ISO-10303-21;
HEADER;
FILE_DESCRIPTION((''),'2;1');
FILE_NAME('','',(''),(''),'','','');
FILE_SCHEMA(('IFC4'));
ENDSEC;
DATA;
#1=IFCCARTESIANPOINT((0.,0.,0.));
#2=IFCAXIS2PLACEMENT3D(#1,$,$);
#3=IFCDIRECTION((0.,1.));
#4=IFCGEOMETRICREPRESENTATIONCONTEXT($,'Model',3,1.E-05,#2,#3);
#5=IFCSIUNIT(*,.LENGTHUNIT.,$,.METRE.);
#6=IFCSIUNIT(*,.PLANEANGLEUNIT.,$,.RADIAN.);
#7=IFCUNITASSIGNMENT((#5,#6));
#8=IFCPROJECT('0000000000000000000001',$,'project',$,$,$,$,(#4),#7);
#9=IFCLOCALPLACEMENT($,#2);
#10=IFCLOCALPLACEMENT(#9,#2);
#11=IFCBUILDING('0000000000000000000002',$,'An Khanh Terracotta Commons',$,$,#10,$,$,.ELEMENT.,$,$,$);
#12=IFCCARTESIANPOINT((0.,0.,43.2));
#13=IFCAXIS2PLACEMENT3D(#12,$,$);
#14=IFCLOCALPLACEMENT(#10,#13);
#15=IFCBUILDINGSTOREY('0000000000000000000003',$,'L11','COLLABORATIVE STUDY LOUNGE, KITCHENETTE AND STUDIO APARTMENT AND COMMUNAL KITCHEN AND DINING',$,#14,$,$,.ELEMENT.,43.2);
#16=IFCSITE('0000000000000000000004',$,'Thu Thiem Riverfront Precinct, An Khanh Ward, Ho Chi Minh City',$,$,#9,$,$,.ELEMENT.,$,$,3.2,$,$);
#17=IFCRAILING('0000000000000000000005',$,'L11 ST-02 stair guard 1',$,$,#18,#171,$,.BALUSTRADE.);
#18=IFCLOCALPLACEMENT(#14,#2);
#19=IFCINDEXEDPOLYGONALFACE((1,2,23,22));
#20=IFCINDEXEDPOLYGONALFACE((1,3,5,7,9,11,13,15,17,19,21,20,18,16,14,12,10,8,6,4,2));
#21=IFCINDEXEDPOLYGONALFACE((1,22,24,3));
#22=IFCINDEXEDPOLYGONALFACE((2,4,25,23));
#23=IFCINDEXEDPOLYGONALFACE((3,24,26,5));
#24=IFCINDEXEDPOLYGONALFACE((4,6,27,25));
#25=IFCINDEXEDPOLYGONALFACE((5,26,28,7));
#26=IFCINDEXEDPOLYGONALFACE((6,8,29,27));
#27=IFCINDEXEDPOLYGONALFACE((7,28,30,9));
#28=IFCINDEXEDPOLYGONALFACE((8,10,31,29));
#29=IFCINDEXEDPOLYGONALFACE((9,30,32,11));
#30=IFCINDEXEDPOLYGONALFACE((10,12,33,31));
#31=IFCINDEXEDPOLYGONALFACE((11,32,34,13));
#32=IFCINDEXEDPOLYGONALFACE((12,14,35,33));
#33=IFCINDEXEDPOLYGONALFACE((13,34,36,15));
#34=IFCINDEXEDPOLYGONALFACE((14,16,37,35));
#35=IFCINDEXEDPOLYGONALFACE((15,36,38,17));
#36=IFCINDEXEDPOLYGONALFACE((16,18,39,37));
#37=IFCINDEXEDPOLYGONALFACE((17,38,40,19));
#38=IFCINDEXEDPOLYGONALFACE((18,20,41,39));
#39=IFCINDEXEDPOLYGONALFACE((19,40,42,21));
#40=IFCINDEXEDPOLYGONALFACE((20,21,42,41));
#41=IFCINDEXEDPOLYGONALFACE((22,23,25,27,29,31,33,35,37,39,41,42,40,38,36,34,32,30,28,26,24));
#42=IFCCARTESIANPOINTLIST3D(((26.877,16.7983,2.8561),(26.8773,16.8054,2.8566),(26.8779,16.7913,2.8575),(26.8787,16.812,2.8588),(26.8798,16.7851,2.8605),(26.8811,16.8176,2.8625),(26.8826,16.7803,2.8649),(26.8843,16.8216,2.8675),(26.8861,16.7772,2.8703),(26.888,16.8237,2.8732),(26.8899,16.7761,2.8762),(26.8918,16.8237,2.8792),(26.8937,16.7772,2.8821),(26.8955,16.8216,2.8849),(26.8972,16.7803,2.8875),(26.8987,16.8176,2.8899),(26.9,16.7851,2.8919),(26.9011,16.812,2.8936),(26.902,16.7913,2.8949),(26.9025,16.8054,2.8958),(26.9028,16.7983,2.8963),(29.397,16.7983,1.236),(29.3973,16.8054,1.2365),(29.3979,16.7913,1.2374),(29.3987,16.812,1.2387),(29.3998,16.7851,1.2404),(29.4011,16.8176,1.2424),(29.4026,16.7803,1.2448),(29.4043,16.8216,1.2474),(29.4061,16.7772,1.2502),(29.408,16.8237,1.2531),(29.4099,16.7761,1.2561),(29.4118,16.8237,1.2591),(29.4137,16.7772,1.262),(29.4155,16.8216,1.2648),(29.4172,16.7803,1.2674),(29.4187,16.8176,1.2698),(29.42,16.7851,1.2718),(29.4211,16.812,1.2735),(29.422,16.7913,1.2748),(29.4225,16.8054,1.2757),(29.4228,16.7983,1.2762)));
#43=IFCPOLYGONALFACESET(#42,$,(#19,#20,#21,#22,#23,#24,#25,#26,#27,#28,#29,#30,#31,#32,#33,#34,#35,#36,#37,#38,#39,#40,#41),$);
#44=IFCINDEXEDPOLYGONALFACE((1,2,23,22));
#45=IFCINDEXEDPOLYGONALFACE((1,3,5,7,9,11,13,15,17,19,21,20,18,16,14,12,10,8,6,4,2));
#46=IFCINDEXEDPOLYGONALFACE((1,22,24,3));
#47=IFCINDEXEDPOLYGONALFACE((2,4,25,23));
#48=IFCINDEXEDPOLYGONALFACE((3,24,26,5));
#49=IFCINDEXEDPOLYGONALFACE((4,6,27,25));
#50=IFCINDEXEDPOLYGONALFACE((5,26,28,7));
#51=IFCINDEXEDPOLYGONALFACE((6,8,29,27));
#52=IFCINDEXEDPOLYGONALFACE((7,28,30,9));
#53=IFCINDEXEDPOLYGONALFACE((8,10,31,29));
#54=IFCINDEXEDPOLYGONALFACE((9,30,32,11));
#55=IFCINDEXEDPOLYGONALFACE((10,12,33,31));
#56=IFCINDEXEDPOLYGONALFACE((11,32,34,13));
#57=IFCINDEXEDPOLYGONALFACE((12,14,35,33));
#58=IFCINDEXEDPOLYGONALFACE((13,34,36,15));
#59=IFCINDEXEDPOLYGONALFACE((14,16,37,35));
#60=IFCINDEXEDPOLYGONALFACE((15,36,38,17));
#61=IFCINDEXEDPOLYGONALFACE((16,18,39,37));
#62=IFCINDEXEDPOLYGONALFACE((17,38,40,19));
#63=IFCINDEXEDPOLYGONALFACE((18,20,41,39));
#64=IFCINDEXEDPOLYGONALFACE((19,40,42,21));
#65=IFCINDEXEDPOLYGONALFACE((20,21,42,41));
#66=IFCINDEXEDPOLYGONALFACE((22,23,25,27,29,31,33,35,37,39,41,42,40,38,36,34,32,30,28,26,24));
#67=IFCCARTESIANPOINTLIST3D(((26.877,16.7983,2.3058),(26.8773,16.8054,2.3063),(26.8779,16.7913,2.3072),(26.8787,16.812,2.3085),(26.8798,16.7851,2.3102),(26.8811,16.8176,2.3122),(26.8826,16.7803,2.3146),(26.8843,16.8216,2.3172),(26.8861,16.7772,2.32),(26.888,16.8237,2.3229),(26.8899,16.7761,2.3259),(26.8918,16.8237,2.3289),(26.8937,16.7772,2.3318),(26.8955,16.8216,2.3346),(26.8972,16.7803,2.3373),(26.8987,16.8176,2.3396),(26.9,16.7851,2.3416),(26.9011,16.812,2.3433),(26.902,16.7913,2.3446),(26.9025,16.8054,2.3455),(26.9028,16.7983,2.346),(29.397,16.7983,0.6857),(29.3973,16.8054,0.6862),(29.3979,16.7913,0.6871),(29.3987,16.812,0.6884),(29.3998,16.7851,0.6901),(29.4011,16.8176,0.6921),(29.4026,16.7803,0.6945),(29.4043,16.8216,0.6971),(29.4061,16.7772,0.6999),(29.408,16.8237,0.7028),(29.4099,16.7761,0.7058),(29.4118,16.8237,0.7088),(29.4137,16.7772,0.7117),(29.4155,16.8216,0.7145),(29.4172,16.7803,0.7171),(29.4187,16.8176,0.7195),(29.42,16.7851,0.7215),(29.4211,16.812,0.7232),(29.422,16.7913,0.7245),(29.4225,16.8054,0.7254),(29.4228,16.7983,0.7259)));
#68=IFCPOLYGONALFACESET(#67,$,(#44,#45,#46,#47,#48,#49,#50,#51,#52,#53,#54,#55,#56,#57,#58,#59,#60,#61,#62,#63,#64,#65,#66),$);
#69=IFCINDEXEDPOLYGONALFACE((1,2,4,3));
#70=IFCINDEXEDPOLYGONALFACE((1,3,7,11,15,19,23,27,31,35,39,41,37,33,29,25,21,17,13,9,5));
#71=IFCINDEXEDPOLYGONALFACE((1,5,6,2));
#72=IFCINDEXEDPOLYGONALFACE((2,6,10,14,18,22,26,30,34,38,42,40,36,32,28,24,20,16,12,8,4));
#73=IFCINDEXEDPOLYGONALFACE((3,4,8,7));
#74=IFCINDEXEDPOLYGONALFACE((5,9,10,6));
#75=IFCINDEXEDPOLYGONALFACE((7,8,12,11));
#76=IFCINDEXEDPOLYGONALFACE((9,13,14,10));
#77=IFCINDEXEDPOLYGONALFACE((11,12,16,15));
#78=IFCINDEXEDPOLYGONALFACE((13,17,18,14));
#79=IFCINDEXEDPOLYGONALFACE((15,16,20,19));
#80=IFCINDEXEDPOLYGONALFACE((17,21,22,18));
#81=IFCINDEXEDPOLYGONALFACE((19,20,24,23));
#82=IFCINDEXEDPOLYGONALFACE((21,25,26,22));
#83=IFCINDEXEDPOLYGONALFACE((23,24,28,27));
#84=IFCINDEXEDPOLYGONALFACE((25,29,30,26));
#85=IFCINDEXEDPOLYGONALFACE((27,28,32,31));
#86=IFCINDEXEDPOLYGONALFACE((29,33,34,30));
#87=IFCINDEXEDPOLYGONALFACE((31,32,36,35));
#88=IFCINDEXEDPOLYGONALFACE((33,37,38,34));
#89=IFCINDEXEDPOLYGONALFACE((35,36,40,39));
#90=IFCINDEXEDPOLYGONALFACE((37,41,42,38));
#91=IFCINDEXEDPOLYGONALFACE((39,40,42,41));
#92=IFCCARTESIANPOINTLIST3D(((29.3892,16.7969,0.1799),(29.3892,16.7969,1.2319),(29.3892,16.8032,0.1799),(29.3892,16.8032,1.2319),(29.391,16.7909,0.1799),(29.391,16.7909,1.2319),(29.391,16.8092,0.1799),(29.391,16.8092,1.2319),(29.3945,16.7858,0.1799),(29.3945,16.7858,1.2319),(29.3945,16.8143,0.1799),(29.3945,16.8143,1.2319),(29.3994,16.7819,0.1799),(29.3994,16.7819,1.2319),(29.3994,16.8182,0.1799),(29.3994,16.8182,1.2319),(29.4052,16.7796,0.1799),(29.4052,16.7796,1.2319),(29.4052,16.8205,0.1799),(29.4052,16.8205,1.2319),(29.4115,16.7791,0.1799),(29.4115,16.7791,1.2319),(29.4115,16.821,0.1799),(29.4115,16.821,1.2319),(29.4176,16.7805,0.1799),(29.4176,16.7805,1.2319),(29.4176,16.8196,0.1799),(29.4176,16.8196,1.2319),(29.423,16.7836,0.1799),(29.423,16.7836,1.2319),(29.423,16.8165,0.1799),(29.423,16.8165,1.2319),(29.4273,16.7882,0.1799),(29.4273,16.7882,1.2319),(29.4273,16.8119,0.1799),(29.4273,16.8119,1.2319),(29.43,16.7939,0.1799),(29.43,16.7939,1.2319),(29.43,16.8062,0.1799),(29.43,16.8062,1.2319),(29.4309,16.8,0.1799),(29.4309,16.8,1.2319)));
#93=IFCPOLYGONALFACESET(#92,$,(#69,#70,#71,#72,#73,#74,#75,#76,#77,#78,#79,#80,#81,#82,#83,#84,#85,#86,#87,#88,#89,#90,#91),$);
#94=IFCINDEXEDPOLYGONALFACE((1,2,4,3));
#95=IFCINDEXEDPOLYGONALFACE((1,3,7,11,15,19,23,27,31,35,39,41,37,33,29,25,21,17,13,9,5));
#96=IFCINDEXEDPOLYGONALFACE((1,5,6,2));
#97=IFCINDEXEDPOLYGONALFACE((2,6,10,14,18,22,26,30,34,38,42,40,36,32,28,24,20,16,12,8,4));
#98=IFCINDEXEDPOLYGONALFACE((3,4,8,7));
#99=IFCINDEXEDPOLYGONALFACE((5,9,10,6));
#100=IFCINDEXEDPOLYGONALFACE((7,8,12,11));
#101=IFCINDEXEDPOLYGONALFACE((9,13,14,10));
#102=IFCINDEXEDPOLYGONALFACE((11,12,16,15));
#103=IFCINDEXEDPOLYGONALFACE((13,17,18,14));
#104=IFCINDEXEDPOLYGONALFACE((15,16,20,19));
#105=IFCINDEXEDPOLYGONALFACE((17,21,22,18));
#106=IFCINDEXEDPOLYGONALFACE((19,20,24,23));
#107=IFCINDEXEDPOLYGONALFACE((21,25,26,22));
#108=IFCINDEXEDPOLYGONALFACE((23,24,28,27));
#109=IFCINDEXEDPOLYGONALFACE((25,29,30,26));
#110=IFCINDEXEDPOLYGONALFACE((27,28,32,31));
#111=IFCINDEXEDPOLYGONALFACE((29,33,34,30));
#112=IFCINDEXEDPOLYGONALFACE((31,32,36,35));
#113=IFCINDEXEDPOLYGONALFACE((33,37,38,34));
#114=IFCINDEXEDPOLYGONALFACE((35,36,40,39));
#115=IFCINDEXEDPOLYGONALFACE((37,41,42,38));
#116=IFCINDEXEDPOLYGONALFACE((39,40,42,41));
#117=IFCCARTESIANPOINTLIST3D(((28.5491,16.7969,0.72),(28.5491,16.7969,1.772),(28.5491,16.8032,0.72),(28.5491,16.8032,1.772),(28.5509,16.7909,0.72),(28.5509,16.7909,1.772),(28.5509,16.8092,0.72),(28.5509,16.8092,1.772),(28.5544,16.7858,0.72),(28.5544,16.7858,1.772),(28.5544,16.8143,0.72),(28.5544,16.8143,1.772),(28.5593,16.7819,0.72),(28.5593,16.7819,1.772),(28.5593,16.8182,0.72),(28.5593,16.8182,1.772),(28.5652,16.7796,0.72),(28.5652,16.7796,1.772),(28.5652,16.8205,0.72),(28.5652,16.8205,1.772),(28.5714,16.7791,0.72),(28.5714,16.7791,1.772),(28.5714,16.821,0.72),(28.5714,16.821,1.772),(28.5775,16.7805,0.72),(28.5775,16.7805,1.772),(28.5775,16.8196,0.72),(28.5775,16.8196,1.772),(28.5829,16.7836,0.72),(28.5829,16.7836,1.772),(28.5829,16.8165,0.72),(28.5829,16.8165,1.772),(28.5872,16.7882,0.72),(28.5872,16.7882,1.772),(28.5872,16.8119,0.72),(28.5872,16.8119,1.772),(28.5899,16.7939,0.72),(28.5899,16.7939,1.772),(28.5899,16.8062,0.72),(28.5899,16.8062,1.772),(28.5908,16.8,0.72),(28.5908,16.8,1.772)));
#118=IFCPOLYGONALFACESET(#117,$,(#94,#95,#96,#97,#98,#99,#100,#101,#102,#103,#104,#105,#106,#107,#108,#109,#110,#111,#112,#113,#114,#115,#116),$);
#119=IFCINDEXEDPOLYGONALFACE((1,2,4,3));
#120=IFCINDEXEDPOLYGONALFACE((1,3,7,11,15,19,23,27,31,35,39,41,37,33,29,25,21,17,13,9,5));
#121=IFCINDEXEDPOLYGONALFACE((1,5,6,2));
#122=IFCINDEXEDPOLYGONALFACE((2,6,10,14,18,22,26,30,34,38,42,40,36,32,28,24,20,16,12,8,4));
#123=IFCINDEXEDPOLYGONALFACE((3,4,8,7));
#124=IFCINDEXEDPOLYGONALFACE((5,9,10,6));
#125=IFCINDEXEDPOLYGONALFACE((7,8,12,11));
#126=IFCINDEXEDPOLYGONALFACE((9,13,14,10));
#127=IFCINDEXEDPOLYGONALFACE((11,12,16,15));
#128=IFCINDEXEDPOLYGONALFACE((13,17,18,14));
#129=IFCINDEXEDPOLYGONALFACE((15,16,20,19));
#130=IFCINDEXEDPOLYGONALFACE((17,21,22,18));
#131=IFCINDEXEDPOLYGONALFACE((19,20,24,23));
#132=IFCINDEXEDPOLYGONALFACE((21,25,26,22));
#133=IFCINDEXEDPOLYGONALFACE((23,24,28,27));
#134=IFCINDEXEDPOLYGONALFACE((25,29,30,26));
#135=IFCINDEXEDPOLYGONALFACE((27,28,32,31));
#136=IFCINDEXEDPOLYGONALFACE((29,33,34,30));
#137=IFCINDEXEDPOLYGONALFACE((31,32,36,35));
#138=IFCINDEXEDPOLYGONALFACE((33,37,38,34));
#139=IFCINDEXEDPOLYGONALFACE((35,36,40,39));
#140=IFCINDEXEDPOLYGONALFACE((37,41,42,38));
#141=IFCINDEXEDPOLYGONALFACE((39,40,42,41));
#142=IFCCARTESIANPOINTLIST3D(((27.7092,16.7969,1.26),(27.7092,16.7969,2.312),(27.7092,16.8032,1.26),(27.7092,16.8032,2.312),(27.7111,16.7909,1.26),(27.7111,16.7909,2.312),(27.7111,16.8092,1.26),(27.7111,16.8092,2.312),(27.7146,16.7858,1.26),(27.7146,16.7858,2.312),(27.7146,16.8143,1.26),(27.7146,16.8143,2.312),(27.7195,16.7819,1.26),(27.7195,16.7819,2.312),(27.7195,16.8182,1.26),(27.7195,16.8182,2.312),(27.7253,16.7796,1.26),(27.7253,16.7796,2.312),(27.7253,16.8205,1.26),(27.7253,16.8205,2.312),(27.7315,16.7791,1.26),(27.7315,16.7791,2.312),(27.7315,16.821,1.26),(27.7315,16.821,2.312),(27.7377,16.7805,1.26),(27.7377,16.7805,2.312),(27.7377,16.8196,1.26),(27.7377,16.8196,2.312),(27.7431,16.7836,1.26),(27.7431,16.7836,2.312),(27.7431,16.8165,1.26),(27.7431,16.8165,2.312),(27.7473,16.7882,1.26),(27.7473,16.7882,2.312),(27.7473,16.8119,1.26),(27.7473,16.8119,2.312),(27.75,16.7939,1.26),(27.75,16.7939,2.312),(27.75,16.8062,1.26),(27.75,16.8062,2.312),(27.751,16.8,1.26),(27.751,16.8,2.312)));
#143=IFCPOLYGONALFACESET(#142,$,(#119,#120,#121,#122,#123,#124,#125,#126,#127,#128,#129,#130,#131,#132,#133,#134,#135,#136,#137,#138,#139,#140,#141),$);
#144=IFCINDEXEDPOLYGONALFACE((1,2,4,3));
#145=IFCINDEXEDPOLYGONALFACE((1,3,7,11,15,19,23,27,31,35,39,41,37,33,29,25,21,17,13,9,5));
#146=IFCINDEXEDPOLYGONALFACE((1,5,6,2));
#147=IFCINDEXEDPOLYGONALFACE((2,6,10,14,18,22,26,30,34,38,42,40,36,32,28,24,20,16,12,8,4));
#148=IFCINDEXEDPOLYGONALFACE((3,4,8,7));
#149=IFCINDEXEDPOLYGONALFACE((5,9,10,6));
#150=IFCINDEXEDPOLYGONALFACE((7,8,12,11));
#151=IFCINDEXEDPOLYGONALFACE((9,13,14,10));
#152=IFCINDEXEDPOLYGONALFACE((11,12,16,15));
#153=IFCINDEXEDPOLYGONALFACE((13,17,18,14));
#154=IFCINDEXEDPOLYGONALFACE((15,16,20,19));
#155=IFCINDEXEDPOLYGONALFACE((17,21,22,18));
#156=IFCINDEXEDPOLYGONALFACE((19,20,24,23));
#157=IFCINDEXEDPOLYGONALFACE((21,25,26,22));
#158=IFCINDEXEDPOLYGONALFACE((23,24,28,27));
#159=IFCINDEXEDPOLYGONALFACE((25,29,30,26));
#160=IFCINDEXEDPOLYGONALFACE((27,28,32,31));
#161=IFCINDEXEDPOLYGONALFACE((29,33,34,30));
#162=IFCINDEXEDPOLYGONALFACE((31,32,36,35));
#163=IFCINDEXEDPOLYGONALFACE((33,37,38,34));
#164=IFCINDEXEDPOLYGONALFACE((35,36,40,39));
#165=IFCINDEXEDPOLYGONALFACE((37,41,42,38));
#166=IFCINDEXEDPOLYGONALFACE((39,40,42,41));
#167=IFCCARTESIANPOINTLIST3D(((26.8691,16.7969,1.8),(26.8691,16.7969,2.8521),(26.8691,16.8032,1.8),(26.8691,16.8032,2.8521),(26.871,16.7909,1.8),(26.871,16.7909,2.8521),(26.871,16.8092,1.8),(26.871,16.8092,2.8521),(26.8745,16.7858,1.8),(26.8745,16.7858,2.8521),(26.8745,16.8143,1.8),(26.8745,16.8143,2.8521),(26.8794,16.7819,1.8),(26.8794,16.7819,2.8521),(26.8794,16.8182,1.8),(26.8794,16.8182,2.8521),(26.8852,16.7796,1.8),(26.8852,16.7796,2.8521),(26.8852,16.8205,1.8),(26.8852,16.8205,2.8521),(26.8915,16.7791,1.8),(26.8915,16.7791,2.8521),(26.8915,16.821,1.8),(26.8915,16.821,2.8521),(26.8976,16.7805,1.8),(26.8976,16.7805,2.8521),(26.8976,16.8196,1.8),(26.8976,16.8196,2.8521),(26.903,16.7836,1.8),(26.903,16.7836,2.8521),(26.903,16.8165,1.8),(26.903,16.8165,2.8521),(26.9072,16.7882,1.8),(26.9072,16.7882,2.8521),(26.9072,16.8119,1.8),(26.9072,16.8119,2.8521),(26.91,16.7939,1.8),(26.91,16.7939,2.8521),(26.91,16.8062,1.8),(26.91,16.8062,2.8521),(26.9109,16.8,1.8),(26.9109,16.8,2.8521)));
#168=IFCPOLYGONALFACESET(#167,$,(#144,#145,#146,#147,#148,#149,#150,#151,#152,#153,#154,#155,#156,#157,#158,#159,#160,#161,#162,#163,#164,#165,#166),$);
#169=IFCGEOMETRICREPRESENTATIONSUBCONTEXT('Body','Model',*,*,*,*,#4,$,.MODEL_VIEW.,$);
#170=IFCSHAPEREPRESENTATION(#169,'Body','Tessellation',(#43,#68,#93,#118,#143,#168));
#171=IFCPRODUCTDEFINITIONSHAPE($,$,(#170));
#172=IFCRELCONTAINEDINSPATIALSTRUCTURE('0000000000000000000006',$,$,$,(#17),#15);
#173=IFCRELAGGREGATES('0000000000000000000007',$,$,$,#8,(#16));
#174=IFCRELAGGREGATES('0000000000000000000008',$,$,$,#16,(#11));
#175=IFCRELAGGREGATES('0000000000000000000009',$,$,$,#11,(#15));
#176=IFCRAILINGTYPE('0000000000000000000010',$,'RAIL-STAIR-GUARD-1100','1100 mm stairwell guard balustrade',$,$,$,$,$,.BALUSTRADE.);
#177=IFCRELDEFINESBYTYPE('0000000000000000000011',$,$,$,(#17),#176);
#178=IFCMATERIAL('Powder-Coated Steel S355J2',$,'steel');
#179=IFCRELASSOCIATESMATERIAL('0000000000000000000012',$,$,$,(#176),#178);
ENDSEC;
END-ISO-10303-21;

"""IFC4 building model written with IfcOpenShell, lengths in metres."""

from ifc_helpers import new_model, si_unit, direction, frame, origin, origin_2d, place, context, subcontext, project, spatial, circle, extrude, material, type_object, element, save


model = new_model("IFC4")

# Units and contexts
model_context = context("Model", 3, precision=1e-05, world=origin(), true_north=direction((0.0, 1.0)))
body_context = subcontext(model_context, "Body", "Model", "MODEL_VIEW")
ifc_project = project(units=[si_unit("LENGTHUNIT", "METRE"), si_unit("PLANEANGLEUNIT", "RADIAN")], contexts=[model_context])

# Site, building, storey
site_placement = place(None, origin())
site = spatial("IfcSite", under=ifc_project, at=site_placement, Name="Thu Thiem Riverfront Precinct, An Khanh Ward, Ho Chi Minh City", CompositionType="ELEMENT", RefElevation=3.2)
building_placement = place(site_placement, origin())
building = spatial("IfcBuilding", under=site, at=building_placement, Name="An Khanh Terracotta Commons", CompositionType="ELEMENT")
storey_placement = place(building_placement, frame((0.0, 0.0, 43.2)))
storey = spatial("IfcBuildingStorey", under=building, at=storey_placement, Name="L11", Description="COLLABORATIVE STUDY LOUNGE, KITCHENETTE AND STUDIO APARTMENT AND COMMUNAL KITCHEN AND DINING", CompositionType="ELEMENT", Elevation=43.2)

# Railing
ifc_material_1 = material(Name="Powder-Coated Steel S355J2", Category="steel")
railing_type_1 = type_object("IfcRailingType", Name="RAIL-STAIR-GUARD-1100", Description="1100 mm stairwell guard balustrade", PredefinedType="BALUSTRADE", material=ifc_material_1)
railing_1_placement = place(storey_placement, frame((29.4099, 16.8, 0.1799)))
element("IfcRailing", 1, at=railing_1_placement, inside=storey, type_object=railing_type_1, Name="L11 ST-02 stair guard 1", PredefinedType="BALUSTRADE", context=body_context, shape_type="SweptSolid", body=[
    extrude(circle(Radius=0.0239, at=origin_2d()), frame((0.0, 0.0, 1.0762), z_axis=(-0.841163, 0.0, 0.540782), x_axis=(0.0, -1.0, 0.0)), (0.0, 0.0, 1.0), 2.9958),
    extrude(circle(Radius=0.0239, at=origin_2d()), frame((0.0, 0.0, 0.5259), z_axis=(-0.841163, 0.0, 0.540782), x_axis=(0.0, -1.0, 0.0)), (0.0, 0.0, 1.0), 2.9958),
    extrude(circle(Radius=0.021, at=origin_2d()), origin(), (0.0, 0.0, 1.0), 1.052),
    extrude(circle(Radius=0.021, at=origin_2d()), frame((-0.8401, 0.0, 0.54)), (0.0, 0.0, 1.0), 1.052),
    extrude(circle(Radius=0.021, at=origin_2d()), frame((-1.6799, 0.0, 1.0801)), (0.0, 0.0, 1.0), 1.052),
    extrude(circle(Radius=0.021, at=origin_2d()), frame((-2.52, 0.0, 1.6201)), (0.0, 0.0, 1.0), 1.052),
])

save(model, "model.ifc")
